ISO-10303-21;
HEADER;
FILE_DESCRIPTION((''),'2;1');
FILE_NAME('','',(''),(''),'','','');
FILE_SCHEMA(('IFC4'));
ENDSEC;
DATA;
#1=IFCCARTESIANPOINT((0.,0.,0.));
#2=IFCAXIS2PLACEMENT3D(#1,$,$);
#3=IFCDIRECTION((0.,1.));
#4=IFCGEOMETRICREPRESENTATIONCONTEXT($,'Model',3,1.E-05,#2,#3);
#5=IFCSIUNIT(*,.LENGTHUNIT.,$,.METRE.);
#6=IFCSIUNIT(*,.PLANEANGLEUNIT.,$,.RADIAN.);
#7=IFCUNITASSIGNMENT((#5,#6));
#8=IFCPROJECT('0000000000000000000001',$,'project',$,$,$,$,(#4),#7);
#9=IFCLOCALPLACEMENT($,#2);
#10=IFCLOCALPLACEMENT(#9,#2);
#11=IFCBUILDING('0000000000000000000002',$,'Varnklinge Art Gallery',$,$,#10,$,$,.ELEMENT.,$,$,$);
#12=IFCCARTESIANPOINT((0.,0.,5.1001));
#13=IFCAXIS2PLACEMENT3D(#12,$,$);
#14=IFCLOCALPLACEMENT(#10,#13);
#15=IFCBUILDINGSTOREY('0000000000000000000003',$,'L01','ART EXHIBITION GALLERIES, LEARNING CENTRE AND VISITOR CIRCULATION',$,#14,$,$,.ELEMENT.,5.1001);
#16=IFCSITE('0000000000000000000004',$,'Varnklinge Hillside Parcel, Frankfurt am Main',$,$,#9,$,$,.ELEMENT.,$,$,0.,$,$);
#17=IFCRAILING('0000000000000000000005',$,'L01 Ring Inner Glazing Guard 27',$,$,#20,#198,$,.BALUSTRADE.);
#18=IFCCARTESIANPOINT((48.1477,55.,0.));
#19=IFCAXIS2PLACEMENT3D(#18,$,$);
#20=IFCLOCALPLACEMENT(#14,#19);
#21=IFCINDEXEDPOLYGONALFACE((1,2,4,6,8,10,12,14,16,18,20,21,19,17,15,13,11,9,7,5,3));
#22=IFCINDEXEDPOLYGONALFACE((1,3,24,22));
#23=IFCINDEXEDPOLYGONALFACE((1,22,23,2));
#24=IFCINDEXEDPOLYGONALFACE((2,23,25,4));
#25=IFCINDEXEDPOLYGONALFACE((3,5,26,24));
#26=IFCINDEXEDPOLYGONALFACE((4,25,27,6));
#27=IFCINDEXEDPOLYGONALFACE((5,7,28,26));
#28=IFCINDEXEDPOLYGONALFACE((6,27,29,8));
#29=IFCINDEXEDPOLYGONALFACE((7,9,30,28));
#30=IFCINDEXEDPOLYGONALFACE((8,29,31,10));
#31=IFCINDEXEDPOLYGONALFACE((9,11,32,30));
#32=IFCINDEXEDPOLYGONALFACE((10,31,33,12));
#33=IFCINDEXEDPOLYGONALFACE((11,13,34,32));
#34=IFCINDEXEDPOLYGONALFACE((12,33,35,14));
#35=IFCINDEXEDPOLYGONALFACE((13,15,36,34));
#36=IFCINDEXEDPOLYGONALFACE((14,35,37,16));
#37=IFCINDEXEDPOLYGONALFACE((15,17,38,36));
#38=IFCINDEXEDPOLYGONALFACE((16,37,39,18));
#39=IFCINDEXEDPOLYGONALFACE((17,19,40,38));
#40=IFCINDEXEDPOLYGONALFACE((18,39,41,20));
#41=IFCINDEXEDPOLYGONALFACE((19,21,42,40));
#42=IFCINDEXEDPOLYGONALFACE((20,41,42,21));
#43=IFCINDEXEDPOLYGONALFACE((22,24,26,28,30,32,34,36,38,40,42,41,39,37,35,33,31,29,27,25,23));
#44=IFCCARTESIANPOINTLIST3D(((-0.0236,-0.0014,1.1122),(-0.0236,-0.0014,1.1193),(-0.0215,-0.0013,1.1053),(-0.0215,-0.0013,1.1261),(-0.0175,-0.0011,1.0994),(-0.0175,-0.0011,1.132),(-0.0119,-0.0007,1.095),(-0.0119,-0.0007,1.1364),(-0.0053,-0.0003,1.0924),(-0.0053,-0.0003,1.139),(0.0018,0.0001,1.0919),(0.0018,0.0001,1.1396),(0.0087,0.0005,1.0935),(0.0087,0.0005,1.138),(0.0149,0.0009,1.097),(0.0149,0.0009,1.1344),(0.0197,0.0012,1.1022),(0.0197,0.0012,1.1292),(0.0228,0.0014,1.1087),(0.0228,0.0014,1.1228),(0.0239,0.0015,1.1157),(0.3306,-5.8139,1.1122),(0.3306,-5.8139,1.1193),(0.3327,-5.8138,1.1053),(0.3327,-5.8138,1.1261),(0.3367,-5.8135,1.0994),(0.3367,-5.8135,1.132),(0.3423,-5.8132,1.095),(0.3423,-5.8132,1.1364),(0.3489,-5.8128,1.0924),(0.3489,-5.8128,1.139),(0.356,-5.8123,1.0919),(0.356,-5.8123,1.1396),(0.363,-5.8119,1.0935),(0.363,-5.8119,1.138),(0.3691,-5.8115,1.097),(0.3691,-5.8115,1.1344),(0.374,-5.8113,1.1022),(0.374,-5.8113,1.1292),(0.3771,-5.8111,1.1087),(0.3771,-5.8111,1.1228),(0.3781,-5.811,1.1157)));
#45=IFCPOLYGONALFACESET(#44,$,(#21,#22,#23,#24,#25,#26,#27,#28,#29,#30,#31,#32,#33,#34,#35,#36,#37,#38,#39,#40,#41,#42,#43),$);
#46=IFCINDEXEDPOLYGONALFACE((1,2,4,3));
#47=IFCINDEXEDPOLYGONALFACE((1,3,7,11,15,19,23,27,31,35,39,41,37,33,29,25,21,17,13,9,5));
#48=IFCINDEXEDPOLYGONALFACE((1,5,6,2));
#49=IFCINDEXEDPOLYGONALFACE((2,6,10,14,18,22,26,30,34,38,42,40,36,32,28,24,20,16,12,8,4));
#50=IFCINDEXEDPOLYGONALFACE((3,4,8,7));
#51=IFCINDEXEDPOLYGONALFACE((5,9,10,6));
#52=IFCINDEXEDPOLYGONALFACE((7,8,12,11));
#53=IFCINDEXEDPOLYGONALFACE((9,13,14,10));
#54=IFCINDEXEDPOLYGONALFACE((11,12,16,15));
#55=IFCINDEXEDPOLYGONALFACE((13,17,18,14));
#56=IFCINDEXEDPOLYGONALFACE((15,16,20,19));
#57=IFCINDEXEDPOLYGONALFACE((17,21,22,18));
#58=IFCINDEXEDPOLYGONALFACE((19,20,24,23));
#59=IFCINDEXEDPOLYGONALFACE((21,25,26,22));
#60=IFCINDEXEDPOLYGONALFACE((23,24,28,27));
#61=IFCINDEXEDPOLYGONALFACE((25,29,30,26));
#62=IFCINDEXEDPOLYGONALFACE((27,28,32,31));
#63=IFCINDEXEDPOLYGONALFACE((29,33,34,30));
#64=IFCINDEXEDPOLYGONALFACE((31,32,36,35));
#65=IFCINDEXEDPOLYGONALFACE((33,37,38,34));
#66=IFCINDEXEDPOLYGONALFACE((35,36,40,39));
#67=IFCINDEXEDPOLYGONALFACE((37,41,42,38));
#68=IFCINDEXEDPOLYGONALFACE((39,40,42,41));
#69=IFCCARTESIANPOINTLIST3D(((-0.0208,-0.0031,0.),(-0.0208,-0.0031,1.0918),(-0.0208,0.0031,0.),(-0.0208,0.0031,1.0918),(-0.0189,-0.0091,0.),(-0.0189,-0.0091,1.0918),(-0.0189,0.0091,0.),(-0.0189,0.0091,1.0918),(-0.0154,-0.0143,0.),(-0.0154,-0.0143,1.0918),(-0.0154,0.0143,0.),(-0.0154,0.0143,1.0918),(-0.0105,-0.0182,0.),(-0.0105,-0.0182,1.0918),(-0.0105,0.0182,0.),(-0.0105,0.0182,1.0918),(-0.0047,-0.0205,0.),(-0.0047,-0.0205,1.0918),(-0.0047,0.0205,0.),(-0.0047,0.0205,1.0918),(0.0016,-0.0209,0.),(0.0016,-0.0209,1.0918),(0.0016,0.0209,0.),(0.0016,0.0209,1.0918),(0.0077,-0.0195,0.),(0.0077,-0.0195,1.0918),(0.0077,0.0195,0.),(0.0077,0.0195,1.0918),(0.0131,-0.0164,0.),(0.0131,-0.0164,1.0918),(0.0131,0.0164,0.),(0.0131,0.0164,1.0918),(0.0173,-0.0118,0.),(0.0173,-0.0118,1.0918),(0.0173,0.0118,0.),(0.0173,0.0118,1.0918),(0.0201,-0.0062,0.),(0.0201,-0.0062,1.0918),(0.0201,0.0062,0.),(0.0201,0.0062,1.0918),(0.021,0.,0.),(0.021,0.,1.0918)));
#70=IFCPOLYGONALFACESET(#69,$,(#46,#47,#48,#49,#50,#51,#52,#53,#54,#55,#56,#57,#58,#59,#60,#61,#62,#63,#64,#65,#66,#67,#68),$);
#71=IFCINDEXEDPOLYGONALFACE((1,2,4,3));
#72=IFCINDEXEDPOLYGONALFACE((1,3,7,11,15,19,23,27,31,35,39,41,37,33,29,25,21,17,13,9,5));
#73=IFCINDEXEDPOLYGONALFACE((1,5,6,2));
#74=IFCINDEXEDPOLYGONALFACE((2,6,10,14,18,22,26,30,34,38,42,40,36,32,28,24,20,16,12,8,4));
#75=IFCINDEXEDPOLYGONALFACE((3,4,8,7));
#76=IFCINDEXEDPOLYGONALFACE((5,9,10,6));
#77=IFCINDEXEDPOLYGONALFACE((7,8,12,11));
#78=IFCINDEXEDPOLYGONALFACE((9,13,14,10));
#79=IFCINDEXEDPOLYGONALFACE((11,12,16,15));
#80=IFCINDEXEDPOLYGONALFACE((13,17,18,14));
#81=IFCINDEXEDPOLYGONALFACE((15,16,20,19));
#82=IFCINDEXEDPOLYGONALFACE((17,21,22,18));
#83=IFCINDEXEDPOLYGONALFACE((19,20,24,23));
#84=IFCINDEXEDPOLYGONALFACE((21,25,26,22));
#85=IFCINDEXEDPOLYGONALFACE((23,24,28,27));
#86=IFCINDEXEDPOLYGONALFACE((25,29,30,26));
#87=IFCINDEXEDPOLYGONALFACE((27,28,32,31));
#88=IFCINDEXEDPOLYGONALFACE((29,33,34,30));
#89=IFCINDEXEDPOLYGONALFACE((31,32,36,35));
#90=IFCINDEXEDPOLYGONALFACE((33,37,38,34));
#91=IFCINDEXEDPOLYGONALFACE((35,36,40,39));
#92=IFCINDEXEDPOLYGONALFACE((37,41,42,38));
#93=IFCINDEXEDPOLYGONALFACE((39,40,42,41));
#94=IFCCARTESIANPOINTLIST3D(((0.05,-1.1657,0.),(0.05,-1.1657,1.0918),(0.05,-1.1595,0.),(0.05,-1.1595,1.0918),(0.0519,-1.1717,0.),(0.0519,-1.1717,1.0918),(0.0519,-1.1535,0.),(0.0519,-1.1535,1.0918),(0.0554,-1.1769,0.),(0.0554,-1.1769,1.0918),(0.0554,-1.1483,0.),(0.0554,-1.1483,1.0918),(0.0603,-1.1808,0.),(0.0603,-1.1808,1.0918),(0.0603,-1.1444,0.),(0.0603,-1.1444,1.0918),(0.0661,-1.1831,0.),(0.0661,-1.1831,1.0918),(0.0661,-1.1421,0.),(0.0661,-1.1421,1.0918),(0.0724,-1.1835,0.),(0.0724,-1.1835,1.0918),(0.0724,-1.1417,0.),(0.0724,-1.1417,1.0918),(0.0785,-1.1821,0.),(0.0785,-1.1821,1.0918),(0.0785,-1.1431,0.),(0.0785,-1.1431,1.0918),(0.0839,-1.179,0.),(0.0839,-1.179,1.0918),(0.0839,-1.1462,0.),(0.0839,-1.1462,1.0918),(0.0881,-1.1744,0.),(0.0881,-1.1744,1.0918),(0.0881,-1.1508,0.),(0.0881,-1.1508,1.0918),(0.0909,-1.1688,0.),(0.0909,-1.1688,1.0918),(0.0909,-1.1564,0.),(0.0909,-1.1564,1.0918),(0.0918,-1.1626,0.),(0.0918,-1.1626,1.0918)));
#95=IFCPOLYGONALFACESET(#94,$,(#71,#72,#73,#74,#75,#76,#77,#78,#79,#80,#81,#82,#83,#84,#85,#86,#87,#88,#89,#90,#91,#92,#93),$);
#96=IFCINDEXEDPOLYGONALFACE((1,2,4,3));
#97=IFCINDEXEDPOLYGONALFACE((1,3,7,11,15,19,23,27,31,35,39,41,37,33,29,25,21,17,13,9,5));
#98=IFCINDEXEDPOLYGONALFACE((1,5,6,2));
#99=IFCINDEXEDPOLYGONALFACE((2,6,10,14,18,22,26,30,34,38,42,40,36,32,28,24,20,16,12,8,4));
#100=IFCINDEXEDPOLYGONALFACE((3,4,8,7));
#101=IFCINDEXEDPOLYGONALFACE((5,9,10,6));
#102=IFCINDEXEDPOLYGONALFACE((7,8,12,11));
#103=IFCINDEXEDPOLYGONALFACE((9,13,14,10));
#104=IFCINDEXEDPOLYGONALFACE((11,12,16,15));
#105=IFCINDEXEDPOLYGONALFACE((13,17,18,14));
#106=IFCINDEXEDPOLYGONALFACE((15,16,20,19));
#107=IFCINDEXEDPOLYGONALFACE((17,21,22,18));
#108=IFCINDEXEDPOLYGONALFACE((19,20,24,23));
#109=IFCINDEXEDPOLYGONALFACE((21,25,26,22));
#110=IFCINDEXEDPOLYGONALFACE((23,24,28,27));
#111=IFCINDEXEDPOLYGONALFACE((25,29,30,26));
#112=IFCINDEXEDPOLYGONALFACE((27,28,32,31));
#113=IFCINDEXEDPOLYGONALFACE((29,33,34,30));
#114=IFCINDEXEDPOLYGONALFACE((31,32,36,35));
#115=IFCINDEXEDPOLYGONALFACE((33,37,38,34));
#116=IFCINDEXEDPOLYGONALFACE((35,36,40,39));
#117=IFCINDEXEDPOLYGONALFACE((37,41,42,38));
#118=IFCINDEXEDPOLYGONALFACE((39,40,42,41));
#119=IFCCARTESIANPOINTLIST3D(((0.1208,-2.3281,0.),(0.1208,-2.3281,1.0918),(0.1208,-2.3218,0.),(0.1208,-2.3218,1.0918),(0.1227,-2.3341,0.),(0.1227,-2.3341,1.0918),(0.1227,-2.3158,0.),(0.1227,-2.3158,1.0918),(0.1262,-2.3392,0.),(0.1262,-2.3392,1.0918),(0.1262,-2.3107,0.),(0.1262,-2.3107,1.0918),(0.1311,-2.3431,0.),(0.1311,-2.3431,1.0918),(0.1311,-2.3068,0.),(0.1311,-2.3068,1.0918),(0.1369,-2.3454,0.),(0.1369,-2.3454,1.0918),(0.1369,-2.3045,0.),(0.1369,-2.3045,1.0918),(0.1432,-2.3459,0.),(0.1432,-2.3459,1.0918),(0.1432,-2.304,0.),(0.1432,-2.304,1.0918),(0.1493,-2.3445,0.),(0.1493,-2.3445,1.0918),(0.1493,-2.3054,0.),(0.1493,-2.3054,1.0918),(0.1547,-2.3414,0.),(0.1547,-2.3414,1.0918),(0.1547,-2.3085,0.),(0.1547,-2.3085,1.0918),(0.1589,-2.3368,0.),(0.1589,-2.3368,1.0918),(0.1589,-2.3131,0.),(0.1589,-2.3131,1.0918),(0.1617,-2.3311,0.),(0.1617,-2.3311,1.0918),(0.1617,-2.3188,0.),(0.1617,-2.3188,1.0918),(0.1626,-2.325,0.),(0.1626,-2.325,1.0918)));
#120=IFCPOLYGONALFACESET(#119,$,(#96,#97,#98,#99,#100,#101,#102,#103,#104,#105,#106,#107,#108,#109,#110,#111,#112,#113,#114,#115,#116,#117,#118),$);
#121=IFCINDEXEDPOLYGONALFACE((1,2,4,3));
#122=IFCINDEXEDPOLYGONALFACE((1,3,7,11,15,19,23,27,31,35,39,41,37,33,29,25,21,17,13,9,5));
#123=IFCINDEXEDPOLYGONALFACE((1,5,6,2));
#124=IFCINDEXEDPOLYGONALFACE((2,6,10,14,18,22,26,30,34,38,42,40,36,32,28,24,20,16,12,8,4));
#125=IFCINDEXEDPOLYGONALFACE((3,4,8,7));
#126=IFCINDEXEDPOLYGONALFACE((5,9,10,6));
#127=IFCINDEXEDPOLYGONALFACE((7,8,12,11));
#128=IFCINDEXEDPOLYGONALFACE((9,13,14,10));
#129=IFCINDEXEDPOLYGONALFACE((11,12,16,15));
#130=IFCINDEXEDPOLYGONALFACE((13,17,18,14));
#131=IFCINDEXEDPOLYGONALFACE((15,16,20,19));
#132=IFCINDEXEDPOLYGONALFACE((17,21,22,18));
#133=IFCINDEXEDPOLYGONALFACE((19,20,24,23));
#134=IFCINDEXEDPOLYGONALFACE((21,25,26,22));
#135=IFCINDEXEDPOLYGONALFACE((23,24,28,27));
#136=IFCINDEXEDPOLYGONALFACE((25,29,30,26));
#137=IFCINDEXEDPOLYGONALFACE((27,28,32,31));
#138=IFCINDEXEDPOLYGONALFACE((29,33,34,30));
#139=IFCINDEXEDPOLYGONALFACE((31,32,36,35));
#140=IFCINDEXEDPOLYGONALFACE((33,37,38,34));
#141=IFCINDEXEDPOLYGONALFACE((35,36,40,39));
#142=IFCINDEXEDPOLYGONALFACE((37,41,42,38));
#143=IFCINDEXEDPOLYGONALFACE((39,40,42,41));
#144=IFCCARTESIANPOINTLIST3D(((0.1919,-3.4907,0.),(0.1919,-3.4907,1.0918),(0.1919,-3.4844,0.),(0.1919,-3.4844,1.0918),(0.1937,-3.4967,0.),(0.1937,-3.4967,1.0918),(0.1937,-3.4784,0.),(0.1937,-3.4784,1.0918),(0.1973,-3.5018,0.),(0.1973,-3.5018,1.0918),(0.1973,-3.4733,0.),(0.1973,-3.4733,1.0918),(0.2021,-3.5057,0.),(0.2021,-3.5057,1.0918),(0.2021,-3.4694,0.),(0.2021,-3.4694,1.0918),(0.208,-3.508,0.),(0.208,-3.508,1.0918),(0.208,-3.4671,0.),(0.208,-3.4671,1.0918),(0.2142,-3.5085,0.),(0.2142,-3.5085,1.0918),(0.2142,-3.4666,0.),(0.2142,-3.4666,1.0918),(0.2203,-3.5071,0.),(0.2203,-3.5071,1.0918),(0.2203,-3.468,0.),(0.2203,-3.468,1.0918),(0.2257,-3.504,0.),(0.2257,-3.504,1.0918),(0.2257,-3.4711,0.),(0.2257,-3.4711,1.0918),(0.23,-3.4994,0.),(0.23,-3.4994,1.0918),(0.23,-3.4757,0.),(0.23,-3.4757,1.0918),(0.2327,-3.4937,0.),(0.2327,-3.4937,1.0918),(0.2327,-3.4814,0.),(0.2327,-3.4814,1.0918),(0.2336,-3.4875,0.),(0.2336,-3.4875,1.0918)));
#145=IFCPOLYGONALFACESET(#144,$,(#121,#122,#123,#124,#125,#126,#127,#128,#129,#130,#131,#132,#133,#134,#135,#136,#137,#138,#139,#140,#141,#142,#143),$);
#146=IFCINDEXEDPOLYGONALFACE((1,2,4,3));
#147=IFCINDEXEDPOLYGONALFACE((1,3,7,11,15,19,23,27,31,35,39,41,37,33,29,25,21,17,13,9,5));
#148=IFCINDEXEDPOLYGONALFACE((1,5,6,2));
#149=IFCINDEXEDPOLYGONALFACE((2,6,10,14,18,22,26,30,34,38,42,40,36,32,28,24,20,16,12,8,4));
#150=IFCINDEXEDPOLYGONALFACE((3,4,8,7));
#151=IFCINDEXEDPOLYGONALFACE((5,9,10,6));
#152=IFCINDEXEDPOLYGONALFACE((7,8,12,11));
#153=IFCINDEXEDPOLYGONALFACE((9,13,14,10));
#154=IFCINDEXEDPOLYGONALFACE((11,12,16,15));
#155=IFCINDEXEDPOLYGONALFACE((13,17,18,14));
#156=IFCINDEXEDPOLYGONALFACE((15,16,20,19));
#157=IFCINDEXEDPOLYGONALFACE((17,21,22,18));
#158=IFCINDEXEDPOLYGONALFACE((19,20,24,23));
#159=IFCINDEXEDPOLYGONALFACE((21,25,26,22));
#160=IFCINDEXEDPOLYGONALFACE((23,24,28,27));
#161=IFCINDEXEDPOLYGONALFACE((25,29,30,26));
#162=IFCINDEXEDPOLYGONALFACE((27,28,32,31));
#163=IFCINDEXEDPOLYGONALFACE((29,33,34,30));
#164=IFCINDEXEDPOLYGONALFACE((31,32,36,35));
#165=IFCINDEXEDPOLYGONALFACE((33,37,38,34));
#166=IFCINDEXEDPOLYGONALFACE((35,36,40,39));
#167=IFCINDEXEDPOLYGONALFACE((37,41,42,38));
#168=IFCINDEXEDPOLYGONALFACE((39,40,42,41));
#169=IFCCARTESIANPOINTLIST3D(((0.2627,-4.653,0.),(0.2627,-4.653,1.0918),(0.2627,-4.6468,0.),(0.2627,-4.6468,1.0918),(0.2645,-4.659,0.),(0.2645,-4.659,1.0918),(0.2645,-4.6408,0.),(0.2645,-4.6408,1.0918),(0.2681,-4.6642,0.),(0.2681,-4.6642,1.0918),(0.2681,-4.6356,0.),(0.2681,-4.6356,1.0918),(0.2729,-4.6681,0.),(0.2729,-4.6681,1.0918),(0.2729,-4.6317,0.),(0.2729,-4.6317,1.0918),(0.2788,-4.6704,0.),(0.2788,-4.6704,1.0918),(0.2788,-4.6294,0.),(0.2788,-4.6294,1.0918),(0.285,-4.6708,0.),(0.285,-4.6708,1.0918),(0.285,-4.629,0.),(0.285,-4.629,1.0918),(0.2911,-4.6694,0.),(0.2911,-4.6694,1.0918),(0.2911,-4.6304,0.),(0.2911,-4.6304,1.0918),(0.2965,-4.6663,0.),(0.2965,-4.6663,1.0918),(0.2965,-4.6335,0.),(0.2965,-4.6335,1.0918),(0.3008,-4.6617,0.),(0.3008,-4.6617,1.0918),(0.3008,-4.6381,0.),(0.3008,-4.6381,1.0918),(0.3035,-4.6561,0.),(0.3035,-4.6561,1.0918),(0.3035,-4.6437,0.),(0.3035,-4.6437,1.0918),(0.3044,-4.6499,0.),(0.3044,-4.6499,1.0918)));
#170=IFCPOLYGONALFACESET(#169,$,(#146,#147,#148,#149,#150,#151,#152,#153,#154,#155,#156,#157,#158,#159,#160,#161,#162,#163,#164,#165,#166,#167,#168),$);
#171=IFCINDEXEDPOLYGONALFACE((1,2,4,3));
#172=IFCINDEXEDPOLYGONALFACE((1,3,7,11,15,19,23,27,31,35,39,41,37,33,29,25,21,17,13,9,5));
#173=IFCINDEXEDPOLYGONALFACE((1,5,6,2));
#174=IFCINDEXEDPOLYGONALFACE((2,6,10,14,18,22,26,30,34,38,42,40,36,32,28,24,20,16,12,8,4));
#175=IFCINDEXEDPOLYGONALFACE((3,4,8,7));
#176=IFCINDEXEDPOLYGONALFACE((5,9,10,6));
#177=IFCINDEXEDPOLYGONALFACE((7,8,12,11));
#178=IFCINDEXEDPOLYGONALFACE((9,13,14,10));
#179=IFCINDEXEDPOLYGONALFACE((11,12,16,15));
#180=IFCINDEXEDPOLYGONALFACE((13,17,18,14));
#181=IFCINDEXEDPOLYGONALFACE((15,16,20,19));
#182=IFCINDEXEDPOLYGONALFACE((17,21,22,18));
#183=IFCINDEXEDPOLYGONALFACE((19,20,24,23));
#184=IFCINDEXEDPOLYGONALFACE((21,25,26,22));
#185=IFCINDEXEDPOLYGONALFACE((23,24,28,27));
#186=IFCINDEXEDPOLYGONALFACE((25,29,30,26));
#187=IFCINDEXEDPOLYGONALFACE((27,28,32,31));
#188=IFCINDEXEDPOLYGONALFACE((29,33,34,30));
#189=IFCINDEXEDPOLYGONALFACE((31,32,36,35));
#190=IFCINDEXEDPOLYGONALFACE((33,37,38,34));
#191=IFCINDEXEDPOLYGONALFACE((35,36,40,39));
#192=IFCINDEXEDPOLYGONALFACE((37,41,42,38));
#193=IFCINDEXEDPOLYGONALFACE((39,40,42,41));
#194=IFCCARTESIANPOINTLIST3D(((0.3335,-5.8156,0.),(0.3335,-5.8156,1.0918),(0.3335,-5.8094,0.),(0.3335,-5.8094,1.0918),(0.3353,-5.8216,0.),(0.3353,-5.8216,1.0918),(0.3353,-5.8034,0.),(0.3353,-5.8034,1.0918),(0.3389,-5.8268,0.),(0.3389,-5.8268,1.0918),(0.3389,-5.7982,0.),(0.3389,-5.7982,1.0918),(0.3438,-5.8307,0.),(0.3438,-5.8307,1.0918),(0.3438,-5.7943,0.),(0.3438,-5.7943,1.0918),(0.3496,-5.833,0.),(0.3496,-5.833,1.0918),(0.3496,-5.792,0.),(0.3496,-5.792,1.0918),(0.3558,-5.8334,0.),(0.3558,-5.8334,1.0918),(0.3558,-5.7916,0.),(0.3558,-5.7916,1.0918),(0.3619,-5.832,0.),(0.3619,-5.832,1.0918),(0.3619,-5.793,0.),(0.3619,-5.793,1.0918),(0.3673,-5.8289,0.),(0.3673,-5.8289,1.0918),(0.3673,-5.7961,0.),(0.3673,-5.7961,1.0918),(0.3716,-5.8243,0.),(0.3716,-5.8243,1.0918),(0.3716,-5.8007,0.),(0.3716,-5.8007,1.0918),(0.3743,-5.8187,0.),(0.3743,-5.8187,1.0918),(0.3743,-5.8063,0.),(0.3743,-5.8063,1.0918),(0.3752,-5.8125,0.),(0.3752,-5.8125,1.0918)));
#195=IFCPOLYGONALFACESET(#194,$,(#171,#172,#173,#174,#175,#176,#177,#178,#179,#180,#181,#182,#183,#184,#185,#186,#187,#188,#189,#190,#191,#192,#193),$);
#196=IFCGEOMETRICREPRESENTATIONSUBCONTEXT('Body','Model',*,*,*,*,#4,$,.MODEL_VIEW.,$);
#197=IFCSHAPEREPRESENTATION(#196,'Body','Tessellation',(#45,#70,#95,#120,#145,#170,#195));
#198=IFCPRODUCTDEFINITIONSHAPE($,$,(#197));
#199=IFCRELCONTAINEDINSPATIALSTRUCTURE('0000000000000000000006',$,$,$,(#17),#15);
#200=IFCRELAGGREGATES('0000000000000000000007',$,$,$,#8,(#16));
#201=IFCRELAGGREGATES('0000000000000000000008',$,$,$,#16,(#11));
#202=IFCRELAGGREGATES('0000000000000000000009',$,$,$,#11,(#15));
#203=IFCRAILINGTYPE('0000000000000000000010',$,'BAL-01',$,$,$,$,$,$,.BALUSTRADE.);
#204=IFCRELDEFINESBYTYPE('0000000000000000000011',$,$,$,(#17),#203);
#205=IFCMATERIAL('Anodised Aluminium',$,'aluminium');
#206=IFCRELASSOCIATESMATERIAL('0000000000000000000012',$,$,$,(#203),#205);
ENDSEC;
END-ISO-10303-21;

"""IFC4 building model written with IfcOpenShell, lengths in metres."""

from ifc_helpers import new_model, si_unit, direction, frame, origin, origin_2d, place, context, subcontext, project, spatial, circle, extrude, material, type_object, element, save


model = new_model("IFC4")

# Units and contexts
model_context = context("Model", 3, precision=1e-05, world=origin(), true_north=direction((0.0, 1.0)))
body_context = subcontext(model_context, "Body", "Model", "MODEL_VIEW")
ifc_project = project(units=[si_unit("LENGTHUNIT", "METRE"), si_unit("PLANEANGLEUNIT", "RADIAN")], contexts=[model_context])

# Site, building, storey
site_placement = place(None, origin())
site = spatial("IfcSite", under=ifc_project, at=site_placement, Name="Varnklinge Hillside Parcel, Frankfurt am Main", CompositionType="ELEMENT", RefElevation=0.0)
building_placement = place(site_placement, origin())
building = spatial("IfcBuilding", under=site, at=building_placement, Name="Varnklinge Art Gallery", CompositionType="ELEMENT")
storey_placement = place(building_placement, frame((0.0, 0.0, 5.1001)))
storey = spatial("IfcBuildingStorey", under=building, at=storey_placement, Name="L01", Description="ART EXHIBITION GALLERIES, LEARNING CENTRE AND VISITOR CIRCULATION", CompositionType="ELEMENT", Elevation=5.1001)

# Railing
ifc_material_1 = material(Name="Anodised Aluminium", Category="aluminium")
railing_type = type_object("IfcRailingType", Name="BAL-01", PredefinedType="BALUSTRADE", material=ifc_material_1)
railing_1_placement = place(storey_placement, frame((48.1477, 55.0, 0.0)))
element("IfcRailing", 1, at=railing_1_placement, inside=storey, type_object=railing_type, Name="L01 Ring Inner Glazing Guard 27", PredefinedType="BALUSTRADE", context=body_context, shape_type="SweptSolid", body=[
    extrude(circle(Radius=0.0239, at=origin_2d()), frame((0.0, 0.0, 1.1157), z_axis=(0.060833, -0.998148, 0.0), x_axis=(0.998148, 0.060833, 0.0)), (0.0, 0.0, 1.0), 5.8232),
    extrude(circle(Radius=0.021, at=origin_2d()), origin(), (0.0, 0.0, 1.0), 1.0918),
    extrude(circle(Radius=0.021, at=origin_2d()), frame((0.0708, -1.1626, 0.0)), (0.0, 0.0, 1.0), 1.0918),
    extrude(circle(Radius=0.021, at=origin_2d()), frame((0.1416, -2.325, 0.0)), (0.0, 0.0, 1.0), 1.0918),
    extrude(circle(Radius=0.021, at=origin_2d()), frame((0.2126, -3.4875, 0.0)), (0.0, 0.0, 1.0), 1.0918),
    extrude(circle(Radius=0.021, at=origin_2d()), frame((0.2834, -4.6499, 0.0)), (0.0, 0.0, 1.0), 1.0918),
    extrude(circle(Radius=0.021, at=origin_2d()), frame((0.3542, -5.8125, 0.0)), (0.0, 0.0, 1.0), 1.0918),
])

save(model, "model.ifc")
